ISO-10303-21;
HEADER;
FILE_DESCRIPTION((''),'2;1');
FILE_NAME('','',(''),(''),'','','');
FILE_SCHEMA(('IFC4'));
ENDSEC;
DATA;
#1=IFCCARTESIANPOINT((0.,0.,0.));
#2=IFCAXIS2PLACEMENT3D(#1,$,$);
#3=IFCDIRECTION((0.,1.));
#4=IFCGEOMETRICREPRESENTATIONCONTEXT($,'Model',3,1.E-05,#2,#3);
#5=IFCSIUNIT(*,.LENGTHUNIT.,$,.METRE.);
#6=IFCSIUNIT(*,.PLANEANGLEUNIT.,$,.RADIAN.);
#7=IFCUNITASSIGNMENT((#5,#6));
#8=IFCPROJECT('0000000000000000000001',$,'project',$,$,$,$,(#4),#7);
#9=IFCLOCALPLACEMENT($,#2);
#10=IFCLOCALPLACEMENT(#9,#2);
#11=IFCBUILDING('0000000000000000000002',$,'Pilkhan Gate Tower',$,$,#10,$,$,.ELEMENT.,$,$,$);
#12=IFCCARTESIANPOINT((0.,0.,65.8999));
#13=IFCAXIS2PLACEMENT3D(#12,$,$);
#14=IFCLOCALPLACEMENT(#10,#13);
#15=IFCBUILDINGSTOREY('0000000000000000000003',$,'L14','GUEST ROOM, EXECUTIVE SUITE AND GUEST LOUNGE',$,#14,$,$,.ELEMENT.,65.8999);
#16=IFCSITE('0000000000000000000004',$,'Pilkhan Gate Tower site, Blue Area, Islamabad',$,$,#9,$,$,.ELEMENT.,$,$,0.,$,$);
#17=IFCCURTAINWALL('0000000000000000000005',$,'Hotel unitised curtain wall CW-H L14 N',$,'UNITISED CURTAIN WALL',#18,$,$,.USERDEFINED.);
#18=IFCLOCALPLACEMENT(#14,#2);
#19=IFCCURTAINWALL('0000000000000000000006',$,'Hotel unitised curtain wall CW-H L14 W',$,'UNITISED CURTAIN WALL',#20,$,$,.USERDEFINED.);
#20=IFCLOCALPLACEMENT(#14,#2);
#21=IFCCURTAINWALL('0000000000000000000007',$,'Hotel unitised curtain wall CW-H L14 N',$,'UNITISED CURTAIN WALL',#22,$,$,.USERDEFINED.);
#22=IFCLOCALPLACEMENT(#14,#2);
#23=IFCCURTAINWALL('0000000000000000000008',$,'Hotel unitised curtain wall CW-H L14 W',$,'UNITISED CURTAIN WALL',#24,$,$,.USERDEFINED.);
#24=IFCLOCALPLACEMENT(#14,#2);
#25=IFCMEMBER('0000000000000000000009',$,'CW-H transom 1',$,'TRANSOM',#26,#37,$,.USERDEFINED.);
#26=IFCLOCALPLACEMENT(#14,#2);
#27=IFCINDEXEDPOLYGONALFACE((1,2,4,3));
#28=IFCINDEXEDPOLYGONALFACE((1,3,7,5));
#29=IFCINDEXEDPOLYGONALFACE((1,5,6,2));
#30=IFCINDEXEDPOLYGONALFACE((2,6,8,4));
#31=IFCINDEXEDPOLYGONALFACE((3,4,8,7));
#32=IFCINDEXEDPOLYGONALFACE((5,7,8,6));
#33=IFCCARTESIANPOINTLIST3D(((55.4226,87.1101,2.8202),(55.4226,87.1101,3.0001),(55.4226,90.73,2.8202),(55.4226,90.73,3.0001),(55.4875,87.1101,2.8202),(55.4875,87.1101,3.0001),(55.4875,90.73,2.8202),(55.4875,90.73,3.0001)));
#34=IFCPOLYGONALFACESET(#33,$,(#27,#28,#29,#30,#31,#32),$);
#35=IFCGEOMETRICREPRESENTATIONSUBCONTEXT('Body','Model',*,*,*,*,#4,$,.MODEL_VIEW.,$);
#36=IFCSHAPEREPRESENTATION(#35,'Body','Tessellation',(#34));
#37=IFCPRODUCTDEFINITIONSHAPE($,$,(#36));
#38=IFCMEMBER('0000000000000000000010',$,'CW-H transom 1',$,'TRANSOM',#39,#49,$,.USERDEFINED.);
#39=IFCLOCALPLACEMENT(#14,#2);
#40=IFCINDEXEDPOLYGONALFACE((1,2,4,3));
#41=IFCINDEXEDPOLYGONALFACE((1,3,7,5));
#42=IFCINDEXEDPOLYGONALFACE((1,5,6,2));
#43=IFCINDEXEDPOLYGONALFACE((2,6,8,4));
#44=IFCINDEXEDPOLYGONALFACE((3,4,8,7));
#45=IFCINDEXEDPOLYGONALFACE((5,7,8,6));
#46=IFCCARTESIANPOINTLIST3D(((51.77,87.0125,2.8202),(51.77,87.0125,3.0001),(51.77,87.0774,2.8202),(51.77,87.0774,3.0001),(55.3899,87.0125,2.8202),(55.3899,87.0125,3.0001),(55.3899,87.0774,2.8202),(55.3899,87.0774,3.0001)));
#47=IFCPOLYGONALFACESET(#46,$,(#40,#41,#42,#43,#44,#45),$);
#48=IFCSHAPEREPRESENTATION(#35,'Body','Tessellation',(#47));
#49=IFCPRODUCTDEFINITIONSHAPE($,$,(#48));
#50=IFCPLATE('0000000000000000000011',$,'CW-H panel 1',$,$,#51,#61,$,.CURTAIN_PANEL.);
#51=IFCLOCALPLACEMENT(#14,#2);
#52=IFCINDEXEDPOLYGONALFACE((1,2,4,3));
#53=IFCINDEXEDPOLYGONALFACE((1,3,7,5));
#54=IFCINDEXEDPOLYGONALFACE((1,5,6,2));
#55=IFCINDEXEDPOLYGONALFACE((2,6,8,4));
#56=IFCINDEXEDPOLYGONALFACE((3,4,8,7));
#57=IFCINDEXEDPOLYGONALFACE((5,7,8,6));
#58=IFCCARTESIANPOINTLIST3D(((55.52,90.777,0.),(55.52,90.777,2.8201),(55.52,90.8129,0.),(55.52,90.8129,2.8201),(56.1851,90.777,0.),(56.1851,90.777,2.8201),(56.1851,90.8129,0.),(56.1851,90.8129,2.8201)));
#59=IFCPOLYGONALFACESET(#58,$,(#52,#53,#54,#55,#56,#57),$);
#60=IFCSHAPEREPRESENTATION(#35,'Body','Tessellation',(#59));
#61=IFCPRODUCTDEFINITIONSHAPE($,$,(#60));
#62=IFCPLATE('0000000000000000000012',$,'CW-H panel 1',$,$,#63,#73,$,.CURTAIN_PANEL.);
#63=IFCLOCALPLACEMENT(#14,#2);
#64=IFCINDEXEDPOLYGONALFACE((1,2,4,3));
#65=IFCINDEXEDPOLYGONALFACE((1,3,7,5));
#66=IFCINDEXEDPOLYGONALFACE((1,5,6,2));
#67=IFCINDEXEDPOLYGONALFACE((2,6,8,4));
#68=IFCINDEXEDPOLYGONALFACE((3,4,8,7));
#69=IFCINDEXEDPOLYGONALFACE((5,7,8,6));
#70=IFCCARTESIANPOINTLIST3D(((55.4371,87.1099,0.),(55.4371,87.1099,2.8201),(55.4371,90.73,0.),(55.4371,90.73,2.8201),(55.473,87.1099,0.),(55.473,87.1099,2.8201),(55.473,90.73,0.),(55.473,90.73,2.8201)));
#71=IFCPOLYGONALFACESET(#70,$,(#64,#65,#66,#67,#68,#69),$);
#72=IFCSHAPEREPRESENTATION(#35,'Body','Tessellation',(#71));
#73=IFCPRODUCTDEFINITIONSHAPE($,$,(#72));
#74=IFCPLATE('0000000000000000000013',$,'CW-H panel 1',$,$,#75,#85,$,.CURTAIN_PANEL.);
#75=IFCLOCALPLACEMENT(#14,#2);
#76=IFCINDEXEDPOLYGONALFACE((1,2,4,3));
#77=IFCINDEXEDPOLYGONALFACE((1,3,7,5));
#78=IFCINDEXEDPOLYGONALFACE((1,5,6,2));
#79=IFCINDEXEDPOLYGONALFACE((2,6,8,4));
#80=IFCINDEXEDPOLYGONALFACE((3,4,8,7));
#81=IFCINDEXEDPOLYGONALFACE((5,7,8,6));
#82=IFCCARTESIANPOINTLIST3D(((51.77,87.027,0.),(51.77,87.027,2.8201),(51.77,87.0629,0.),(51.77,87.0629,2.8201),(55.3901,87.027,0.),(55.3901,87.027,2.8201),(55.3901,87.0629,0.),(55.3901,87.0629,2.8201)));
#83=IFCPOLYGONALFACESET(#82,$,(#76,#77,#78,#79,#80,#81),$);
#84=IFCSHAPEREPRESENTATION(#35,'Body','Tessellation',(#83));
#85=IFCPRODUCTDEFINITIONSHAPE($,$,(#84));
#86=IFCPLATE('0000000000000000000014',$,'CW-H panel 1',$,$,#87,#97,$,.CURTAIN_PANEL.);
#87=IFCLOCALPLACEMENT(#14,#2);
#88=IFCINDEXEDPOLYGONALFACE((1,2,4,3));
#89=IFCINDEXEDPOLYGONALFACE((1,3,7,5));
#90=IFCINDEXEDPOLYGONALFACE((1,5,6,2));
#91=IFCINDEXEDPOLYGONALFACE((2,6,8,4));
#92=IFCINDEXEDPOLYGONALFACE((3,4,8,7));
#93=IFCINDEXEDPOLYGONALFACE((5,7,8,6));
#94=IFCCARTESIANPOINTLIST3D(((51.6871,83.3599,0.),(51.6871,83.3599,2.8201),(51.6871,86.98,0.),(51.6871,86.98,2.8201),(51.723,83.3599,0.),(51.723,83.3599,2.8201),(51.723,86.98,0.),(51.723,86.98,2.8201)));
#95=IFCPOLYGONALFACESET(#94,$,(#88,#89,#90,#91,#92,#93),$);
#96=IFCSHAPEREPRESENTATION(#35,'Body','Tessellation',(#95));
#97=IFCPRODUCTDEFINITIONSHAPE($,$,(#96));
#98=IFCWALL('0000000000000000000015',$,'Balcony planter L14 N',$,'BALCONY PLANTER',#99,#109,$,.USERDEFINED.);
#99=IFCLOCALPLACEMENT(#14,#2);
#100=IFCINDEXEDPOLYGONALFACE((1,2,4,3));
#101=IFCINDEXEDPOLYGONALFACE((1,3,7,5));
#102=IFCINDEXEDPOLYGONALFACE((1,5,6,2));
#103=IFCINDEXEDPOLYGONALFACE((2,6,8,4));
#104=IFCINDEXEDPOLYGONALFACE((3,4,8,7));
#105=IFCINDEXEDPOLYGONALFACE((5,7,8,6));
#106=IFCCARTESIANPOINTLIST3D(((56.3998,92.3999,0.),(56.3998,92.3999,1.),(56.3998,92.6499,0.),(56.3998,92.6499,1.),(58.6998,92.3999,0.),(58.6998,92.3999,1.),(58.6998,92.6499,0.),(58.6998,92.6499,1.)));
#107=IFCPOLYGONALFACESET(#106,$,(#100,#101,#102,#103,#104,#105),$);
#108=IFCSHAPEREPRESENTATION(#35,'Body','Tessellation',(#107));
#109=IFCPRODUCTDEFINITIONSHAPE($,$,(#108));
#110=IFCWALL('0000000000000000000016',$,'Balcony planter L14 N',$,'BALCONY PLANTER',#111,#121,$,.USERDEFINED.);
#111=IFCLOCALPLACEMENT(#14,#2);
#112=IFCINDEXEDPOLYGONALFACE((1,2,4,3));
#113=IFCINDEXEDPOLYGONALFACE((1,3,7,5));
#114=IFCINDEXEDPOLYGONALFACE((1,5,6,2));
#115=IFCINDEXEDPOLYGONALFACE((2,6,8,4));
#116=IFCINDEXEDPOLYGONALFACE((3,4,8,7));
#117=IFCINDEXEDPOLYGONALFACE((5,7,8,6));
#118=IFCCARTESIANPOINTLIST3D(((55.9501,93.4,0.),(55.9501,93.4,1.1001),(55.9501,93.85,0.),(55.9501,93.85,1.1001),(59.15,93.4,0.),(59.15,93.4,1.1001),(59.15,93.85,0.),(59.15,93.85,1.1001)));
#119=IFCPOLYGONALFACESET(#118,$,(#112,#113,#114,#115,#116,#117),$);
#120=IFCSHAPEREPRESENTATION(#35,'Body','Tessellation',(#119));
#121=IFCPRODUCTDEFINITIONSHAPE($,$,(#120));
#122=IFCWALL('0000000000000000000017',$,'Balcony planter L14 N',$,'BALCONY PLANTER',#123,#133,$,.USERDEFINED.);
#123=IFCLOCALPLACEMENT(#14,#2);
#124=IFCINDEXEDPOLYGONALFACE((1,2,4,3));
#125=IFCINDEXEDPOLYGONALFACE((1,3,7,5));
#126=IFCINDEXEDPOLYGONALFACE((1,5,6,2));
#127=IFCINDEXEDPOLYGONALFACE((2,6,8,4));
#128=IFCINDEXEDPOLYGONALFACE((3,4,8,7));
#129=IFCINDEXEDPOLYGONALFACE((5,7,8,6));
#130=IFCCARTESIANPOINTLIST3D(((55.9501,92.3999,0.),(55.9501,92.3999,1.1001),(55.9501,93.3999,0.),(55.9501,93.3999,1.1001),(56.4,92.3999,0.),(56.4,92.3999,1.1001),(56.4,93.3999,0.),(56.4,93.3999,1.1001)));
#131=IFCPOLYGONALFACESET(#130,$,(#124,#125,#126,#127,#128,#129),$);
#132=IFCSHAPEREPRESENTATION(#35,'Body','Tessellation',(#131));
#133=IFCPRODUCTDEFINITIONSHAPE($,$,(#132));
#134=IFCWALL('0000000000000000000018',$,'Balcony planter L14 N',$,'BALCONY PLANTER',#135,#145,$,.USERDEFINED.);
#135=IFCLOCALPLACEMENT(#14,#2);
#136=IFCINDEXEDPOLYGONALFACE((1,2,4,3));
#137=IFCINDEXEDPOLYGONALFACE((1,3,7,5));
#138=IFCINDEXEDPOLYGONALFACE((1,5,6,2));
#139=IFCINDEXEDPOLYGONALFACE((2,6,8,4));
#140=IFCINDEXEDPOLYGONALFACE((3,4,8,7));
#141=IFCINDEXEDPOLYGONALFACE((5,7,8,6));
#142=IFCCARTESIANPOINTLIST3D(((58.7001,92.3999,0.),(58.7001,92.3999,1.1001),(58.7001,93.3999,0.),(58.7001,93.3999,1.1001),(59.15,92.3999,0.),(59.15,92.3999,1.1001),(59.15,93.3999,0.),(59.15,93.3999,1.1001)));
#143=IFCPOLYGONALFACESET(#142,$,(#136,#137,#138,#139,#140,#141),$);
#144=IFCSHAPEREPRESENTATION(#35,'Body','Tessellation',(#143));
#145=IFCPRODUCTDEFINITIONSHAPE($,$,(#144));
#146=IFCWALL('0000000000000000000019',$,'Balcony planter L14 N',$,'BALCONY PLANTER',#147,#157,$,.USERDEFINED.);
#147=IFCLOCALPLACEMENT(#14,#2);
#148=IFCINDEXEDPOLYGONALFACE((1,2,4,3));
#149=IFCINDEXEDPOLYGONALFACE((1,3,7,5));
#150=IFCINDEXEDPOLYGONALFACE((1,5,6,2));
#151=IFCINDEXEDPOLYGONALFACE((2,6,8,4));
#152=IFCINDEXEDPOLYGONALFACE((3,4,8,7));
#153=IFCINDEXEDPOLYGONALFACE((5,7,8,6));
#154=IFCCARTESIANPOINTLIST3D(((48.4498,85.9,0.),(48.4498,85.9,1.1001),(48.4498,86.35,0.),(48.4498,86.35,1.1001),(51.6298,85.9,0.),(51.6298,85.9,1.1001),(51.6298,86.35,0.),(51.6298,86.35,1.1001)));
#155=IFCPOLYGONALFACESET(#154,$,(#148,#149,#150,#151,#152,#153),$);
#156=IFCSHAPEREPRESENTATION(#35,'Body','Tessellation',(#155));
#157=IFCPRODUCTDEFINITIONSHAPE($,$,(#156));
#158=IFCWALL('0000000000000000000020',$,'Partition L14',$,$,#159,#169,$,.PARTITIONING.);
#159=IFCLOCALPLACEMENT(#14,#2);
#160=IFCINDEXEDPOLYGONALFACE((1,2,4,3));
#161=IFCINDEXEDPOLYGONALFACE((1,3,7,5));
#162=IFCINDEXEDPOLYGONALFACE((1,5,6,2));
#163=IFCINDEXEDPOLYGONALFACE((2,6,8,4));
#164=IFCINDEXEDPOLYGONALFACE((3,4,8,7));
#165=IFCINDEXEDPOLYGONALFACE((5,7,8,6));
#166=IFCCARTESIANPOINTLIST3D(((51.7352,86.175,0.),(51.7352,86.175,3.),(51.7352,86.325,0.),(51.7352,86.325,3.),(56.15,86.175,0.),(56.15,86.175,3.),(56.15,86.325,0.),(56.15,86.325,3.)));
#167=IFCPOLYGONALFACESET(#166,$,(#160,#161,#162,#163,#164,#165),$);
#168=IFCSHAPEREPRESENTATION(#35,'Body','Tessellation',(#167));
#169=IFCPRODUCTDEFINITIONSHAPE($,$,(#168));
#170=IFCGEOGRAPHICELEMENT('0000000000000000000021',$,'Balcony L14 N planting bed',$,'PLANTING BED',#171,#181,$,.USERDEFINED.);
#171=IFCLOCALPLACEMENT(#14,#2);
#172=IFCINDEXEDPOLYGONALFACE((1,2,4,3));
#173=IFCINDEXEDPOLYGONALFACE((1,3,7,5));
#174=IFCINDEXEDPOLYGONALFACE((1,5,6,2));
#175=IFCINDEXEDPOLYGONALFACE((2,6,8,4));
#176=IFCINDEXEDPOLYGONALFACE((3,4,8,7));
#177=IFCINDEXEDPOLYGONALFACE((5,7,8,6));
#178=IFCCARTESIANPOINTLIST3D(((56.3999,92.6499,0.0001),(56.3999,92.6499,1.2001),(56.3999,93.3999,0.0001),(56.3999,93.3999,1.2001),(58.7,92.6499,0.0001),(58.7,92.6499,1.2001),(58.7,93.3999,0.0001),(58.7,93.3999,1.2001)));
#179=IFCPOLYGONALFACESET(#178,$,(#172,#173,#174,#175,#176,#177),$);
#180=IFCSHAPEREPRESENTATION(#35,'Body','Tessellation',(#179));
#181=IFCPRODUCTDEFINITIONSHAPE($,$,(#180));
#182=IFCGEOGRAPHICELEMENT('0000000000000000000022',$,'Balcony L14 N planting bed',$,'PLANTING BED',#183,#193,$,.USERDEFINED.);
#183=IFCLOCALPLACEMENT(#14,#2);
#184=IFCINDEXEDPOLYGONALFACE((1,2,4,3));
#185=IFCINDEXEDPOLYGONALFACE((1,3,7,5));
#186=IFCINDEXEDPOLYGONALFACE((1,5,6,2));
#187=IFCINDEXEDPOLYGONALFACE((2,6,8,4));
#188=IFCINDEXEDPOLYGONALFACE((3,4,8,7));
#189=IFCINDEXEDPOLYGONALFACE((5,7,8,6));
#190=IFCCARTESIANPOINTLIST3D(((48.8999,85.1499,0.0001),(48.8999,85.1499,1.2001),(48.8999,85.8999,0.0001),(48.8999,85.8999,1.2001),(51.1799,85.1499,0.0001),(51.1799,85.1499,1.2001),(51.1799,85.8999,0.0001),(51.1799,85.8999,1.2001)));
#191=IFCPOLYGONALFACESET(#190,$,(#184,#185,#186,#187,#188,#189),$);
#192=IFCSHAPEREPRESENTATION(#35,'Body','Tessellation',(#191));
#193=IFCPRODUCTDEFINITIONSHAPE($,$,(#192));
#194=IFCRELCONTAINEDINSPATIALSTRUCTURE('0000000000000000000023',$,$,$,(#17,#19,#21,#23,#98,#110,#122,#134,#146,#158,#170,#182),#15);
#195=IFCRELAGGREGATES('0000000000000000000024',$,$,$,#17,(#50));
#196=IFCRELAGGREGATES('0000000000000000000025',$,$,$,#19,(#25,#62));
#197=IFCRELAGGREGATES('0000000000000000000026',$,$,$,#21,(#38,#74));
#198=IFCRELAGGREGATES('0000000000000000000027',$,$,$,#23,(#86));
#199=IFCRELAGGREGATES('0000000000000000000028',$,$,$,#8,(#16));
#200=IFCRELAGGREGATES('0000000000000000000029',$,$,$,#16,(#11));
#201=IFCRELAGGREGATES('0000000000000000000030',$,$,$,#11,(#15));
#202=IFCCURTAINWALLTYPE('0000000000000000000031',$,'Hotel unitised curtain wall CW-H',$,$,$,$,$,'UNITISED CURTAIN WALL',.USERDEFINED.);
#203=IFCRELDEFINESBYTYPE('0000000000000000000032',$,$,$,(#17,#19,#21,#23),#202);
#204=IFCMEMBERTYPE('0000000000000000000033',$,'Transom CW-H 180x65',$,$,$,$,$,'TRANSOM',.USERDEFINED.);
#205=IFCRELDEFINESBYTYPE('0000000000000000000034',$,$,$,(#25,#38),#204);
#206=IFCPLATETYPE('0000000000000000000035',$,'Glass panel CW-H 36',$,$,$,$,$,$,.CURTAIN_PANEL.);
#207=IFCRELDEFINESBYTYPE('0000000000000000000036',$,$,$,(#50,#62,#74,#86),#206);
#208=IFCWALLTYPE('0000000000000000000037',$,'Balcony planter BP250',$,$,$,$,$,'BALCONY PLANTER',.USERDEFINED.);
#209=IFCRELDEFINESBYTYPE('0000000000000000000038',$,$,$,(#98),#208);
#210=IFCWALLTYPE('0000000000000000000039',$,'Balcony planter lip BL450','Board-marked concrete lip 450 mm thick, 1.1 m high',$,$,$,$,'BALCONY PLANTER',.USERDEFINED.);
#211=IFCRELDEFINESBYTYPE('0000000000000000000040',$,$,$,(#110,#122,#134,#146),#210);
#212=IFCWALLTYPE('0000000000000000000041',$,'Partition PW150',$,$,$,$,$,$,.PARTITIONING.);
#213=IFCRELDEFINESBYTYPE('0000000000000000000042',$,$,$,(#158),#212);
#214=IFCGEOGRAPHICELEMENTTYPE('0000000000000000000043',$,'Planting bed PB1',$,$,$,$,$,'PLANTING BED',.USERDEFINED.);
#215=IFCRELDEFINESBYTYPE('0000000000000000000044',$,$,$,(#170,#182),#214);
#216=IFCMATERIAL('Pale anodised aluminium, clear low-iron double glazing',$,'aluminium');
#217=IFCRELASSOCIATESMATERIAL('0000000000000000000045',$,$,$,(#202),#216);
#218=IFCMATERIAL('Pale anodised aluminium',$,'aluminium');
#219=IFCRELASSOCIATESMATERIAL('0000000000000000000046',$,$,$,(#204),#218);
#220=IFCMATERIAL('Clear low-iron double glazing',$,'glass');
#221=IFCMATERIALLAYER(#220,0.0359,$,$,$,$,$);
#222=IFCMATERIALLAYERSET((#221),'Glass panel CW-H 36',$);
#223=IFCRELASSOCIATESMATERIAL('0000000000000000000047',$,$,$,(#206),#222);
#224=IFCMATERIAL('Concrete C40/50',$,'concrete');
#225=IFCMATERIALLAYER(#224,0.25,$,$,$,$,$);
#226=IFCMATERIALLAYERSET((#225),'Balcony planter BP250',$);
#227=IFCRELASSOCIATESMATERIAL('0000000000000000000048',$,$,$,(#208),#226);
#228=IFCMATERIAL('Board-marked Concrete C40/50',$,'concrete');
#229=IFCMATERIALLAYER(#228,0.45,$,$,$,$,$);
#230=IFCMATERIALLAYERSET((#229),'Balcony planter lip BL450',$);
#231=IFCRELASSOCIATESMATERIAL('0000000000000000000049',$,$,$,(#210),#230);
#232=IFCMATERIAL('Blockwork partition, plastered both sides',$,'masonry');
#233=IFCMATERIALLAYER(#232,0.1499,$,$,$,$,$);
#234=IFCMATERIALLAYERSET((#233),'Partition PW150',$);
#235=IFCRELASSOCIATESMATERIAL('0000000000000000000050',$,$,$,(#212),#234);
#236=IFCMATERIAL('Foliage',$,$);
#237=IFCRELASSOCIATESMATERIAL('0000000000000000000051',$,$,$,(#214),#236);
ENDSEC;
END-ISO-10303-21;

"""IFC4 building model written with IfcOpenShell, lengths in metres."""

from ifc_helpers import new_model, si_unit, direction, frame, frame_2d, origin, origin_2d, place, context, subcontext, project, spatial, rectangle, extrude, material, layer, layer_set, material_profile, profile_set, type_object, element, aggregate, save


model = new_model("IFC4")

# Units and contexts
model_context = context("Model", 3, precision=1e-05, world=origin(), true_north=direction((0.0, 1.0)))
body_context = subcontext(model_context, "Body", "Model", "MODEL_VIEW")
ifc_project = project(units=[si_unit("LENGTHUNIT", "METRE"), si_unit("PLANEANGLEUNIT", "RADIAN")], contexts=[model_context])

# Site, building, storey
site_placement = place(None, origin())
site = spatial("IfcSite", under=ifc_project, at=site_placement, Name="Pilkhan Gate Tower site, Blue Area, Islamabad", CompositionType="ELEMENT", RefElevation=0.0)
building_placement = place(site_placement, origin())
building = spatial("IfcBuilding", under=site, at=building_placement, Name="Pilkhan Gate Tower", CompositionType="ELEMENT")
storey_placement = place(building_placement, frame((0.0, 0.0, 65.8999)))
storey = spatial("IfcBuildingStorey", under=building, at=storey_placement, Name="L14", Description="GUEST ROOM, EXECUTIVE SUITE AND GUEST LOUNGE", CompositionType="ELEMENT", Elevation=65.8999)

# Shared definitions
ifc_material_1 = material(Name="Pale anodised aluminium, clear low-iron double glazing", Category="aluminium")
curtain_wall_type = type_object("IfcCurtainWallType", Name="Hotel unitised curtain wall CW-H", ElementType="UNITISED CURTAIN WALL", PredefinedType="USERDEFINED", material=ifc_material_1)
ifc_material_2 = material(Name="Pale anodised aluminium", Category="aluminium")

# Curtain walls
curtain_wall_1_placement = place(storey_placement, origin())
curtain_wall_1 = element("IfcCurtainWall", 1, at=curtain_wall_1_placement, inside=storey, type_object=curtain_wall_type, Name="Hotel unitised curtain wall CW-H L14 N", ObjectType="UNITISED CURTAIN WALL", PredefinedType="USERDEFINED")
curtain_wall_2_placement = place(storey_placement, origin())
curtain_wall_2 = element("IfcCurtainWall", 2, at=curtain_wall_2_placement, inside=storey, type_object=curtain_wall_type, Name="Hotel unitised curtain wall CW-H L14 W", ObjectType="UNITISED CURTAIN WALL", PredefinedType="USERDEFINED")
curtain_wall_3_placement = place(storey_placement, origin())
curtain_wall_3 = element("IfcCurtainWall", 3, at=curtain_wall_3_placement, inside=storey, type_object=curtain_wall_type, Name="Hotel unitised curtain wall CW-H L14 N", ObjectType="UNITISED CURTAIN WALL", PredefinedType="USERDEFINED")

# Curtain wall
curtain_wall_4_placement = place(storey_placement, origin())
curtain_wall_4 = element("IfcCurtainWall", 4, at=curtain_wall_4_placement, inside=storey, type_object=curtain_wall_type, Name="Hotel unitised curtain wall CW-H L14 W", ObjectType="UNITISED CURTAIN WALL", PredefinedType="USERDEFINED")

# Members
ifc_material_profile_1 = material_profile(ifc_material_2, rectangle(XDim=0.0649, YDim=0.1799, at=origin_2d()), Name="Transom 180x65")
ifc_profile_set_1 = profile_set([ifc_material_profile_1], Name="Pale anodised aluminium")
member_type_1 = type_object("IfcMemberType", Name="Transom CW-H 180x65", ElementType="TRANSOM", PredefinedType="USERDEFINED", material=ifc_profile_set_1)
member_1_placement = place(storey_placement, frame((55.4551, 87.1101, 2.9102), z_axis=(0.0, 1.0, 0.0), x_axis=(-1.0, 0.0, 0.0)))
member_1 = element("IfcMember", 5, at=member_1_placement, type_object=member_type_1, Name="CW-H transom 1", ObjectType="TRANSOM", PredefinedType="USERDEFINED", context=body_context, shape_type="SweptSolid", body=[
    extrude(rectangle(XDim=0.0649, YDim=0.1799, at=origin_2d()), origin(), (0.0, 0.0, 1.0), 3.6199),
])
member_2_placement = place(storey_placement, frame((51.77, 87.0449, 2.9102), z_axis=(1.0, 0.0, 0.0), x_axis=(0.0, 1.0, 0.0)))
member_2 = element("IfcMember", 6, at=member_2_placement, type_object=member_type_1, Name="CW-H transom 1", ObjectType="TRANSOM", PredefinedType="USERDEFINED", context=body_context, shape_type="SweptSolid", body=[
    extrude(rectangle(XDim=0.0649, YDim=0.1799, at=origin_2d()), origin(), (0.0, 0.0, 1.0), 3.6199),
])

# Plates
ifc_material_3 = material(Name="Clear low-iron double glazing", Category="glass")
ifc_layer_1 = layer(ifc_material_3, 0.0359)
ifc_layer_set_1 = layer_set([ifc_layer_1], Name="Glass panel CW-H 36")
plate_type = type_object("IfcPlateType", Name="Glass panel CW-H 36", PredefinedType="CURTAIN_PANEL", material=ifc_layer_set_1)
plate_1_placement = place(storey_placement, frame((55.8525, 90.7949, 0.0), z_axis=(0.0, 0.0, 1.0), x_axis=(1.0, 0.0, 0.0)))
plate_1 = element("IfcPlate", 7, at=plate_1_placement, type_object=plate_type, Name="CW-H panel 1", PredefinedType="CURTAIN_PANEL", context=body_context, shape_type="SweptSolid", body=[
    extrude(rectangle(XDim=0.665, YDim=0.0359, at=origin_2d()), origin(), (0.0, 0.0, 1.0), 2.8201),
])
aggregate(curtain_wall_1, [plate_1])
plate_2_placement = place(storey_placement, frame((55.4551, 88.9199, 0.0), z_axis=(0.0, 0.0, 1.0), x_axis=(0.0, 1.0, 0.0)))
plate_2 = element("IfcPlate", 8, at=plate_2_placement, type_object=plate_type, Name="CW-H panel 1", PredefinedType="CURTAIN_PANEL", context=body_context, shape_type="SweptSolid", body=[
    extrude(rectangle(XDim=3.6201, YDim=0.0359, at=origin_2d()), origin(), (0.0, 0.0, 1.0), 2.8201),
])
aggregate(curtain_wall_2, [member_1, plate_2])
plate_3_placement = place(storey_placement, frame((53.5801, 87.0449, 0.0), z_axis=(0.0, 0.0, 1.0), x_axis=(1.0, 0.0, 0.0)))
plate_3 = element("IfcPlate", 9, at=plate_3_placement, type_object=plate_type, Name="CW-H panel 1", PredefinedType="CURTAIN_PANEL", context=body_context, shape_type="SweptSolid", body=[
    extrude(rectangle(XDim=3.6201, YDim=0.0359, at=origin_2d()), origin(), (0.0, 0.0, 1.0), 2.8201),
])
aggregate(curtain_wall_3, [member_2, plate_3])
plate_4_placement = place(storey_placement, frame((51.7051, 85.1699, 0.0), z_axis=(0.0, 0.0, 1.0), x_axis=(0.0, 1.0, 0.0)))
plate_4 = element("IfcPlate", 10, at=plate_4_placement, type_object=plate_type, Name="CW-H panel 1", PredefinedType="CURTAIN_PANEL", context=body_context, shape_type="SweptSolid", body=[
    extrude(rectangle(XDim=3.6201, YDim=0.0359, at=origin_2d()), origin(), (0.0, 0.0, 1.0), 2.8201),
])
aggregate(curtain_wall_4, [plate_4])

# Walls
ifc_material_4 = material(Name="Concrete C40/50", Category="concrete")
ifc_layer_2 = layer(ifc_material_4, 0.25)
ifc_layer_set_2 = layer_set([ifc_layer_2], Name="Balcony planter BP250")
wall_type_1 = type_object("IfcWallType", Name="Balcony planter BP250", ElementType="BALCONY PLANTER", PredefinedType="USERDEFINED", material=ifc_layer_set_2)
wall_1_placement = place(storey_placement, frame((56.3999, 92.5249, 0.0), z_axis=(0.0, 0.0, 1.0), x_axis=(1.0, 0.0, 0.0)))
element("IfcWall", 11, at=wall_1_placement, inside=storey, type_object=wall_type_1, Name="Balcony planter L14 N", ObjectType="BALCONY PLANTER", PredefinedType="USERDEFINED", context=body_context, shape_type="SweptSolid", body=[
    extrude(rectangle(XDim=2.3, YDim=0.25, at=frame_2d((1.1499, 0.0))), origin(), (0.0, 0.0, 1.0), 1.0),
])
ifc_material_5 = material(Name="Board-marked Concrete C40/50", Category="concrete")
ifc_layer_3 = layer(ifc_material_5, 0.45)
ifc_layer_set_3 = layer_set([ifc_layer_3], Name="Balcony planter lip BL450")
wall_type_2 = type_object("IfcWallType", Name="Balcony planter lip BL450", Description="Board-marked concrete lip 450 mm thick, 1.1 m high", ElementType="BALCONY PLANTER", PredefinedType="USERDEFINED", material=ifc_layer_set_3)
wall_2_placement = place(storey_placement, frame((55.95, 93.625, 0.0), z_axis=(0.0, 0.0, 1.0), x_axis=(1.0, 0.0, 0.0)))
element("IfcWall", 12, at=wall_2_placement, inside=storey, type_object=wall_type_2, Name="Balcony planter L14 N", ObjectType="BALCONY PLANTER", PredefinedType="USERDEFINED", context=body_context, shape_type="SweptSolid", body=[
    extrude(rectangle(XDim=3.2, YDim=0.45, at=frame_2d((1.6001, 0.0))), origin(), (0.0, 0.0, 1.0), 1.1001),
])
for number, where, z_axis, x_axis, name in (
    (13, (56.175, 92.3999, 0.0), (0.0, 0.0, 1.0), (0.0, 1.0, 0.0), "Balcony planter L14 N"),
    (14, (58.925, 92.3999, 0.0), (0.0, 0.0, 1.0), (0.0, 1.0, 0.0), "Balcony planter L14 N"),
):
    element("IfcWall", number, at=place(storey_placement, frame(where, z_axis=z_axis, x_axis=x_axis)), inside=storey, type_object=wall_type_2, Name=name, ObjectType="BALCONY PLANTER", PredefinedType="USERDEFINED", context=body_context, shape_type="SweptSolid", body=[
        extrude(rectangle(XDim=1.0, YDim=0.45, at=frame_2d((0.5, 0.0))), origin(), (0.0, 0.0, 1.0), 1.1001),
    ])
wall_3_placement = place(storey_placement, frame((48.45, 86.125, 0.0), z_axis=(0.0, 0.0, 1.0), x_axis=(1.0, 0.0, 0.0)))
element("IfcWall", 15, at=wall_3_placement, inside=storey, type_object=wall_type_2, Name="Balcony planter L14 N", ObjectType="BALCONY PLANTER", PredefinedType="USERDEFINED", context=body_context, shape_type="SweptSolid", body=[
    extrude(rectangle(XDim=3.1799, YDim=0.45, at=frame_2d((1.5898, 0.0))), origin(), (0.0, 0.0, 1.0), 1.1001),
])

# Wall
ifc_material_6 = material(Name="Blockwork partition, plastered both sides", Category="masonry")
ifc_layer_4 = layer(ifc_material_6, 0.1499)
ifc_layer_set_4 = layer_set([ifc_layer_4], Name="Partition PW150")
wall_type_3 = type_object("IfcWallType", Name="Partition PW150", PredefinedType="PARTITIONING", material=ifc_layer_set_4)
wall_4_placement = place(storey_placement, frame((51.7351, 86.25, 0.0), z_axis=(0.0, 0.0, 1.0), x_axis=(1.0, 0.0, 0.0)))
element("IfcWall", 16, at=wall_4_placement, inside=storey, type_object=wall_type_3, Name="Partition L14", PredefinedType="PARTITIONING", context=body_context, shape_type="SweptSolid", body=[
    extrude(rectangle(XDim=4.4148, YDim=0.1499, at=frame_2d((2.2075, 0.0))), origin(), (0.0, 0.0, 1.0), 3.0),
])

# Geographic elements
ifc_material_7 = material(Name="Foliage")
ifc_material_profile_2 = material_profile(ifc_material_7, rectangle(XDim=0.75, YDim=1.2, at=origin_2d()), Name="Bed 750x1200")
ifc_profile_set_2 = profile_set([ifc_material_profile_2], Name="Foliage")
geographic_element_type_1 = type_object("IfcGeographicElementType", Name="Planting bed PB1", ElementType="PLANTING BED", PredefinedType="USERDEFINED", material=ifc_profile_set_2)
geographic_element_1_placement = place(storey_placement, frame((56.3999, 93.0249, 0.6001), z_axis=(1.0, 0.0, 0.0), x_axis=(0.0, 1.0, 0.0)))
element("IfcGeographicElement", 17, at=geographic_element_1_placement, inside=storey, type_object=geographic_element_type_1, Name="Balcony L14 N planting bed", ObjectType="PLANTING BED", PredefinedType="USERDEFINED", context=body_context, shape_type="SweptSolid", body=[
    extrude(rectangle(XDim=0.75, YDim=1.2, at=origin_2d()), origin(), (0.0, 0.0, 1.0), 2.3),
])
geographic_element_2_placement = place(storey_placement, frame((48.8999, 85.5249, 0.6001), z_axis=(1.0, 0.0, 0.0), x_axis=(0.0, 1.0, 0.0)))
element("IfcGeographicElement", 18, at=geographic_element_2_placement, inside=storey, type_object=geographic_element_type_1, Name="Balcony L14 N planting bed", ObjectType="PLANTING BED", PredefinedType="USERDEFINED", context=body_context, shape_type="SweptSolid", body=[
    extrude(rectangle(XDim=0.75, YDim=1.2, at=origin_2d()), origin(), (0.0, 0.0, 1.0), 2.28),
])

save(model, "model.ifc")
